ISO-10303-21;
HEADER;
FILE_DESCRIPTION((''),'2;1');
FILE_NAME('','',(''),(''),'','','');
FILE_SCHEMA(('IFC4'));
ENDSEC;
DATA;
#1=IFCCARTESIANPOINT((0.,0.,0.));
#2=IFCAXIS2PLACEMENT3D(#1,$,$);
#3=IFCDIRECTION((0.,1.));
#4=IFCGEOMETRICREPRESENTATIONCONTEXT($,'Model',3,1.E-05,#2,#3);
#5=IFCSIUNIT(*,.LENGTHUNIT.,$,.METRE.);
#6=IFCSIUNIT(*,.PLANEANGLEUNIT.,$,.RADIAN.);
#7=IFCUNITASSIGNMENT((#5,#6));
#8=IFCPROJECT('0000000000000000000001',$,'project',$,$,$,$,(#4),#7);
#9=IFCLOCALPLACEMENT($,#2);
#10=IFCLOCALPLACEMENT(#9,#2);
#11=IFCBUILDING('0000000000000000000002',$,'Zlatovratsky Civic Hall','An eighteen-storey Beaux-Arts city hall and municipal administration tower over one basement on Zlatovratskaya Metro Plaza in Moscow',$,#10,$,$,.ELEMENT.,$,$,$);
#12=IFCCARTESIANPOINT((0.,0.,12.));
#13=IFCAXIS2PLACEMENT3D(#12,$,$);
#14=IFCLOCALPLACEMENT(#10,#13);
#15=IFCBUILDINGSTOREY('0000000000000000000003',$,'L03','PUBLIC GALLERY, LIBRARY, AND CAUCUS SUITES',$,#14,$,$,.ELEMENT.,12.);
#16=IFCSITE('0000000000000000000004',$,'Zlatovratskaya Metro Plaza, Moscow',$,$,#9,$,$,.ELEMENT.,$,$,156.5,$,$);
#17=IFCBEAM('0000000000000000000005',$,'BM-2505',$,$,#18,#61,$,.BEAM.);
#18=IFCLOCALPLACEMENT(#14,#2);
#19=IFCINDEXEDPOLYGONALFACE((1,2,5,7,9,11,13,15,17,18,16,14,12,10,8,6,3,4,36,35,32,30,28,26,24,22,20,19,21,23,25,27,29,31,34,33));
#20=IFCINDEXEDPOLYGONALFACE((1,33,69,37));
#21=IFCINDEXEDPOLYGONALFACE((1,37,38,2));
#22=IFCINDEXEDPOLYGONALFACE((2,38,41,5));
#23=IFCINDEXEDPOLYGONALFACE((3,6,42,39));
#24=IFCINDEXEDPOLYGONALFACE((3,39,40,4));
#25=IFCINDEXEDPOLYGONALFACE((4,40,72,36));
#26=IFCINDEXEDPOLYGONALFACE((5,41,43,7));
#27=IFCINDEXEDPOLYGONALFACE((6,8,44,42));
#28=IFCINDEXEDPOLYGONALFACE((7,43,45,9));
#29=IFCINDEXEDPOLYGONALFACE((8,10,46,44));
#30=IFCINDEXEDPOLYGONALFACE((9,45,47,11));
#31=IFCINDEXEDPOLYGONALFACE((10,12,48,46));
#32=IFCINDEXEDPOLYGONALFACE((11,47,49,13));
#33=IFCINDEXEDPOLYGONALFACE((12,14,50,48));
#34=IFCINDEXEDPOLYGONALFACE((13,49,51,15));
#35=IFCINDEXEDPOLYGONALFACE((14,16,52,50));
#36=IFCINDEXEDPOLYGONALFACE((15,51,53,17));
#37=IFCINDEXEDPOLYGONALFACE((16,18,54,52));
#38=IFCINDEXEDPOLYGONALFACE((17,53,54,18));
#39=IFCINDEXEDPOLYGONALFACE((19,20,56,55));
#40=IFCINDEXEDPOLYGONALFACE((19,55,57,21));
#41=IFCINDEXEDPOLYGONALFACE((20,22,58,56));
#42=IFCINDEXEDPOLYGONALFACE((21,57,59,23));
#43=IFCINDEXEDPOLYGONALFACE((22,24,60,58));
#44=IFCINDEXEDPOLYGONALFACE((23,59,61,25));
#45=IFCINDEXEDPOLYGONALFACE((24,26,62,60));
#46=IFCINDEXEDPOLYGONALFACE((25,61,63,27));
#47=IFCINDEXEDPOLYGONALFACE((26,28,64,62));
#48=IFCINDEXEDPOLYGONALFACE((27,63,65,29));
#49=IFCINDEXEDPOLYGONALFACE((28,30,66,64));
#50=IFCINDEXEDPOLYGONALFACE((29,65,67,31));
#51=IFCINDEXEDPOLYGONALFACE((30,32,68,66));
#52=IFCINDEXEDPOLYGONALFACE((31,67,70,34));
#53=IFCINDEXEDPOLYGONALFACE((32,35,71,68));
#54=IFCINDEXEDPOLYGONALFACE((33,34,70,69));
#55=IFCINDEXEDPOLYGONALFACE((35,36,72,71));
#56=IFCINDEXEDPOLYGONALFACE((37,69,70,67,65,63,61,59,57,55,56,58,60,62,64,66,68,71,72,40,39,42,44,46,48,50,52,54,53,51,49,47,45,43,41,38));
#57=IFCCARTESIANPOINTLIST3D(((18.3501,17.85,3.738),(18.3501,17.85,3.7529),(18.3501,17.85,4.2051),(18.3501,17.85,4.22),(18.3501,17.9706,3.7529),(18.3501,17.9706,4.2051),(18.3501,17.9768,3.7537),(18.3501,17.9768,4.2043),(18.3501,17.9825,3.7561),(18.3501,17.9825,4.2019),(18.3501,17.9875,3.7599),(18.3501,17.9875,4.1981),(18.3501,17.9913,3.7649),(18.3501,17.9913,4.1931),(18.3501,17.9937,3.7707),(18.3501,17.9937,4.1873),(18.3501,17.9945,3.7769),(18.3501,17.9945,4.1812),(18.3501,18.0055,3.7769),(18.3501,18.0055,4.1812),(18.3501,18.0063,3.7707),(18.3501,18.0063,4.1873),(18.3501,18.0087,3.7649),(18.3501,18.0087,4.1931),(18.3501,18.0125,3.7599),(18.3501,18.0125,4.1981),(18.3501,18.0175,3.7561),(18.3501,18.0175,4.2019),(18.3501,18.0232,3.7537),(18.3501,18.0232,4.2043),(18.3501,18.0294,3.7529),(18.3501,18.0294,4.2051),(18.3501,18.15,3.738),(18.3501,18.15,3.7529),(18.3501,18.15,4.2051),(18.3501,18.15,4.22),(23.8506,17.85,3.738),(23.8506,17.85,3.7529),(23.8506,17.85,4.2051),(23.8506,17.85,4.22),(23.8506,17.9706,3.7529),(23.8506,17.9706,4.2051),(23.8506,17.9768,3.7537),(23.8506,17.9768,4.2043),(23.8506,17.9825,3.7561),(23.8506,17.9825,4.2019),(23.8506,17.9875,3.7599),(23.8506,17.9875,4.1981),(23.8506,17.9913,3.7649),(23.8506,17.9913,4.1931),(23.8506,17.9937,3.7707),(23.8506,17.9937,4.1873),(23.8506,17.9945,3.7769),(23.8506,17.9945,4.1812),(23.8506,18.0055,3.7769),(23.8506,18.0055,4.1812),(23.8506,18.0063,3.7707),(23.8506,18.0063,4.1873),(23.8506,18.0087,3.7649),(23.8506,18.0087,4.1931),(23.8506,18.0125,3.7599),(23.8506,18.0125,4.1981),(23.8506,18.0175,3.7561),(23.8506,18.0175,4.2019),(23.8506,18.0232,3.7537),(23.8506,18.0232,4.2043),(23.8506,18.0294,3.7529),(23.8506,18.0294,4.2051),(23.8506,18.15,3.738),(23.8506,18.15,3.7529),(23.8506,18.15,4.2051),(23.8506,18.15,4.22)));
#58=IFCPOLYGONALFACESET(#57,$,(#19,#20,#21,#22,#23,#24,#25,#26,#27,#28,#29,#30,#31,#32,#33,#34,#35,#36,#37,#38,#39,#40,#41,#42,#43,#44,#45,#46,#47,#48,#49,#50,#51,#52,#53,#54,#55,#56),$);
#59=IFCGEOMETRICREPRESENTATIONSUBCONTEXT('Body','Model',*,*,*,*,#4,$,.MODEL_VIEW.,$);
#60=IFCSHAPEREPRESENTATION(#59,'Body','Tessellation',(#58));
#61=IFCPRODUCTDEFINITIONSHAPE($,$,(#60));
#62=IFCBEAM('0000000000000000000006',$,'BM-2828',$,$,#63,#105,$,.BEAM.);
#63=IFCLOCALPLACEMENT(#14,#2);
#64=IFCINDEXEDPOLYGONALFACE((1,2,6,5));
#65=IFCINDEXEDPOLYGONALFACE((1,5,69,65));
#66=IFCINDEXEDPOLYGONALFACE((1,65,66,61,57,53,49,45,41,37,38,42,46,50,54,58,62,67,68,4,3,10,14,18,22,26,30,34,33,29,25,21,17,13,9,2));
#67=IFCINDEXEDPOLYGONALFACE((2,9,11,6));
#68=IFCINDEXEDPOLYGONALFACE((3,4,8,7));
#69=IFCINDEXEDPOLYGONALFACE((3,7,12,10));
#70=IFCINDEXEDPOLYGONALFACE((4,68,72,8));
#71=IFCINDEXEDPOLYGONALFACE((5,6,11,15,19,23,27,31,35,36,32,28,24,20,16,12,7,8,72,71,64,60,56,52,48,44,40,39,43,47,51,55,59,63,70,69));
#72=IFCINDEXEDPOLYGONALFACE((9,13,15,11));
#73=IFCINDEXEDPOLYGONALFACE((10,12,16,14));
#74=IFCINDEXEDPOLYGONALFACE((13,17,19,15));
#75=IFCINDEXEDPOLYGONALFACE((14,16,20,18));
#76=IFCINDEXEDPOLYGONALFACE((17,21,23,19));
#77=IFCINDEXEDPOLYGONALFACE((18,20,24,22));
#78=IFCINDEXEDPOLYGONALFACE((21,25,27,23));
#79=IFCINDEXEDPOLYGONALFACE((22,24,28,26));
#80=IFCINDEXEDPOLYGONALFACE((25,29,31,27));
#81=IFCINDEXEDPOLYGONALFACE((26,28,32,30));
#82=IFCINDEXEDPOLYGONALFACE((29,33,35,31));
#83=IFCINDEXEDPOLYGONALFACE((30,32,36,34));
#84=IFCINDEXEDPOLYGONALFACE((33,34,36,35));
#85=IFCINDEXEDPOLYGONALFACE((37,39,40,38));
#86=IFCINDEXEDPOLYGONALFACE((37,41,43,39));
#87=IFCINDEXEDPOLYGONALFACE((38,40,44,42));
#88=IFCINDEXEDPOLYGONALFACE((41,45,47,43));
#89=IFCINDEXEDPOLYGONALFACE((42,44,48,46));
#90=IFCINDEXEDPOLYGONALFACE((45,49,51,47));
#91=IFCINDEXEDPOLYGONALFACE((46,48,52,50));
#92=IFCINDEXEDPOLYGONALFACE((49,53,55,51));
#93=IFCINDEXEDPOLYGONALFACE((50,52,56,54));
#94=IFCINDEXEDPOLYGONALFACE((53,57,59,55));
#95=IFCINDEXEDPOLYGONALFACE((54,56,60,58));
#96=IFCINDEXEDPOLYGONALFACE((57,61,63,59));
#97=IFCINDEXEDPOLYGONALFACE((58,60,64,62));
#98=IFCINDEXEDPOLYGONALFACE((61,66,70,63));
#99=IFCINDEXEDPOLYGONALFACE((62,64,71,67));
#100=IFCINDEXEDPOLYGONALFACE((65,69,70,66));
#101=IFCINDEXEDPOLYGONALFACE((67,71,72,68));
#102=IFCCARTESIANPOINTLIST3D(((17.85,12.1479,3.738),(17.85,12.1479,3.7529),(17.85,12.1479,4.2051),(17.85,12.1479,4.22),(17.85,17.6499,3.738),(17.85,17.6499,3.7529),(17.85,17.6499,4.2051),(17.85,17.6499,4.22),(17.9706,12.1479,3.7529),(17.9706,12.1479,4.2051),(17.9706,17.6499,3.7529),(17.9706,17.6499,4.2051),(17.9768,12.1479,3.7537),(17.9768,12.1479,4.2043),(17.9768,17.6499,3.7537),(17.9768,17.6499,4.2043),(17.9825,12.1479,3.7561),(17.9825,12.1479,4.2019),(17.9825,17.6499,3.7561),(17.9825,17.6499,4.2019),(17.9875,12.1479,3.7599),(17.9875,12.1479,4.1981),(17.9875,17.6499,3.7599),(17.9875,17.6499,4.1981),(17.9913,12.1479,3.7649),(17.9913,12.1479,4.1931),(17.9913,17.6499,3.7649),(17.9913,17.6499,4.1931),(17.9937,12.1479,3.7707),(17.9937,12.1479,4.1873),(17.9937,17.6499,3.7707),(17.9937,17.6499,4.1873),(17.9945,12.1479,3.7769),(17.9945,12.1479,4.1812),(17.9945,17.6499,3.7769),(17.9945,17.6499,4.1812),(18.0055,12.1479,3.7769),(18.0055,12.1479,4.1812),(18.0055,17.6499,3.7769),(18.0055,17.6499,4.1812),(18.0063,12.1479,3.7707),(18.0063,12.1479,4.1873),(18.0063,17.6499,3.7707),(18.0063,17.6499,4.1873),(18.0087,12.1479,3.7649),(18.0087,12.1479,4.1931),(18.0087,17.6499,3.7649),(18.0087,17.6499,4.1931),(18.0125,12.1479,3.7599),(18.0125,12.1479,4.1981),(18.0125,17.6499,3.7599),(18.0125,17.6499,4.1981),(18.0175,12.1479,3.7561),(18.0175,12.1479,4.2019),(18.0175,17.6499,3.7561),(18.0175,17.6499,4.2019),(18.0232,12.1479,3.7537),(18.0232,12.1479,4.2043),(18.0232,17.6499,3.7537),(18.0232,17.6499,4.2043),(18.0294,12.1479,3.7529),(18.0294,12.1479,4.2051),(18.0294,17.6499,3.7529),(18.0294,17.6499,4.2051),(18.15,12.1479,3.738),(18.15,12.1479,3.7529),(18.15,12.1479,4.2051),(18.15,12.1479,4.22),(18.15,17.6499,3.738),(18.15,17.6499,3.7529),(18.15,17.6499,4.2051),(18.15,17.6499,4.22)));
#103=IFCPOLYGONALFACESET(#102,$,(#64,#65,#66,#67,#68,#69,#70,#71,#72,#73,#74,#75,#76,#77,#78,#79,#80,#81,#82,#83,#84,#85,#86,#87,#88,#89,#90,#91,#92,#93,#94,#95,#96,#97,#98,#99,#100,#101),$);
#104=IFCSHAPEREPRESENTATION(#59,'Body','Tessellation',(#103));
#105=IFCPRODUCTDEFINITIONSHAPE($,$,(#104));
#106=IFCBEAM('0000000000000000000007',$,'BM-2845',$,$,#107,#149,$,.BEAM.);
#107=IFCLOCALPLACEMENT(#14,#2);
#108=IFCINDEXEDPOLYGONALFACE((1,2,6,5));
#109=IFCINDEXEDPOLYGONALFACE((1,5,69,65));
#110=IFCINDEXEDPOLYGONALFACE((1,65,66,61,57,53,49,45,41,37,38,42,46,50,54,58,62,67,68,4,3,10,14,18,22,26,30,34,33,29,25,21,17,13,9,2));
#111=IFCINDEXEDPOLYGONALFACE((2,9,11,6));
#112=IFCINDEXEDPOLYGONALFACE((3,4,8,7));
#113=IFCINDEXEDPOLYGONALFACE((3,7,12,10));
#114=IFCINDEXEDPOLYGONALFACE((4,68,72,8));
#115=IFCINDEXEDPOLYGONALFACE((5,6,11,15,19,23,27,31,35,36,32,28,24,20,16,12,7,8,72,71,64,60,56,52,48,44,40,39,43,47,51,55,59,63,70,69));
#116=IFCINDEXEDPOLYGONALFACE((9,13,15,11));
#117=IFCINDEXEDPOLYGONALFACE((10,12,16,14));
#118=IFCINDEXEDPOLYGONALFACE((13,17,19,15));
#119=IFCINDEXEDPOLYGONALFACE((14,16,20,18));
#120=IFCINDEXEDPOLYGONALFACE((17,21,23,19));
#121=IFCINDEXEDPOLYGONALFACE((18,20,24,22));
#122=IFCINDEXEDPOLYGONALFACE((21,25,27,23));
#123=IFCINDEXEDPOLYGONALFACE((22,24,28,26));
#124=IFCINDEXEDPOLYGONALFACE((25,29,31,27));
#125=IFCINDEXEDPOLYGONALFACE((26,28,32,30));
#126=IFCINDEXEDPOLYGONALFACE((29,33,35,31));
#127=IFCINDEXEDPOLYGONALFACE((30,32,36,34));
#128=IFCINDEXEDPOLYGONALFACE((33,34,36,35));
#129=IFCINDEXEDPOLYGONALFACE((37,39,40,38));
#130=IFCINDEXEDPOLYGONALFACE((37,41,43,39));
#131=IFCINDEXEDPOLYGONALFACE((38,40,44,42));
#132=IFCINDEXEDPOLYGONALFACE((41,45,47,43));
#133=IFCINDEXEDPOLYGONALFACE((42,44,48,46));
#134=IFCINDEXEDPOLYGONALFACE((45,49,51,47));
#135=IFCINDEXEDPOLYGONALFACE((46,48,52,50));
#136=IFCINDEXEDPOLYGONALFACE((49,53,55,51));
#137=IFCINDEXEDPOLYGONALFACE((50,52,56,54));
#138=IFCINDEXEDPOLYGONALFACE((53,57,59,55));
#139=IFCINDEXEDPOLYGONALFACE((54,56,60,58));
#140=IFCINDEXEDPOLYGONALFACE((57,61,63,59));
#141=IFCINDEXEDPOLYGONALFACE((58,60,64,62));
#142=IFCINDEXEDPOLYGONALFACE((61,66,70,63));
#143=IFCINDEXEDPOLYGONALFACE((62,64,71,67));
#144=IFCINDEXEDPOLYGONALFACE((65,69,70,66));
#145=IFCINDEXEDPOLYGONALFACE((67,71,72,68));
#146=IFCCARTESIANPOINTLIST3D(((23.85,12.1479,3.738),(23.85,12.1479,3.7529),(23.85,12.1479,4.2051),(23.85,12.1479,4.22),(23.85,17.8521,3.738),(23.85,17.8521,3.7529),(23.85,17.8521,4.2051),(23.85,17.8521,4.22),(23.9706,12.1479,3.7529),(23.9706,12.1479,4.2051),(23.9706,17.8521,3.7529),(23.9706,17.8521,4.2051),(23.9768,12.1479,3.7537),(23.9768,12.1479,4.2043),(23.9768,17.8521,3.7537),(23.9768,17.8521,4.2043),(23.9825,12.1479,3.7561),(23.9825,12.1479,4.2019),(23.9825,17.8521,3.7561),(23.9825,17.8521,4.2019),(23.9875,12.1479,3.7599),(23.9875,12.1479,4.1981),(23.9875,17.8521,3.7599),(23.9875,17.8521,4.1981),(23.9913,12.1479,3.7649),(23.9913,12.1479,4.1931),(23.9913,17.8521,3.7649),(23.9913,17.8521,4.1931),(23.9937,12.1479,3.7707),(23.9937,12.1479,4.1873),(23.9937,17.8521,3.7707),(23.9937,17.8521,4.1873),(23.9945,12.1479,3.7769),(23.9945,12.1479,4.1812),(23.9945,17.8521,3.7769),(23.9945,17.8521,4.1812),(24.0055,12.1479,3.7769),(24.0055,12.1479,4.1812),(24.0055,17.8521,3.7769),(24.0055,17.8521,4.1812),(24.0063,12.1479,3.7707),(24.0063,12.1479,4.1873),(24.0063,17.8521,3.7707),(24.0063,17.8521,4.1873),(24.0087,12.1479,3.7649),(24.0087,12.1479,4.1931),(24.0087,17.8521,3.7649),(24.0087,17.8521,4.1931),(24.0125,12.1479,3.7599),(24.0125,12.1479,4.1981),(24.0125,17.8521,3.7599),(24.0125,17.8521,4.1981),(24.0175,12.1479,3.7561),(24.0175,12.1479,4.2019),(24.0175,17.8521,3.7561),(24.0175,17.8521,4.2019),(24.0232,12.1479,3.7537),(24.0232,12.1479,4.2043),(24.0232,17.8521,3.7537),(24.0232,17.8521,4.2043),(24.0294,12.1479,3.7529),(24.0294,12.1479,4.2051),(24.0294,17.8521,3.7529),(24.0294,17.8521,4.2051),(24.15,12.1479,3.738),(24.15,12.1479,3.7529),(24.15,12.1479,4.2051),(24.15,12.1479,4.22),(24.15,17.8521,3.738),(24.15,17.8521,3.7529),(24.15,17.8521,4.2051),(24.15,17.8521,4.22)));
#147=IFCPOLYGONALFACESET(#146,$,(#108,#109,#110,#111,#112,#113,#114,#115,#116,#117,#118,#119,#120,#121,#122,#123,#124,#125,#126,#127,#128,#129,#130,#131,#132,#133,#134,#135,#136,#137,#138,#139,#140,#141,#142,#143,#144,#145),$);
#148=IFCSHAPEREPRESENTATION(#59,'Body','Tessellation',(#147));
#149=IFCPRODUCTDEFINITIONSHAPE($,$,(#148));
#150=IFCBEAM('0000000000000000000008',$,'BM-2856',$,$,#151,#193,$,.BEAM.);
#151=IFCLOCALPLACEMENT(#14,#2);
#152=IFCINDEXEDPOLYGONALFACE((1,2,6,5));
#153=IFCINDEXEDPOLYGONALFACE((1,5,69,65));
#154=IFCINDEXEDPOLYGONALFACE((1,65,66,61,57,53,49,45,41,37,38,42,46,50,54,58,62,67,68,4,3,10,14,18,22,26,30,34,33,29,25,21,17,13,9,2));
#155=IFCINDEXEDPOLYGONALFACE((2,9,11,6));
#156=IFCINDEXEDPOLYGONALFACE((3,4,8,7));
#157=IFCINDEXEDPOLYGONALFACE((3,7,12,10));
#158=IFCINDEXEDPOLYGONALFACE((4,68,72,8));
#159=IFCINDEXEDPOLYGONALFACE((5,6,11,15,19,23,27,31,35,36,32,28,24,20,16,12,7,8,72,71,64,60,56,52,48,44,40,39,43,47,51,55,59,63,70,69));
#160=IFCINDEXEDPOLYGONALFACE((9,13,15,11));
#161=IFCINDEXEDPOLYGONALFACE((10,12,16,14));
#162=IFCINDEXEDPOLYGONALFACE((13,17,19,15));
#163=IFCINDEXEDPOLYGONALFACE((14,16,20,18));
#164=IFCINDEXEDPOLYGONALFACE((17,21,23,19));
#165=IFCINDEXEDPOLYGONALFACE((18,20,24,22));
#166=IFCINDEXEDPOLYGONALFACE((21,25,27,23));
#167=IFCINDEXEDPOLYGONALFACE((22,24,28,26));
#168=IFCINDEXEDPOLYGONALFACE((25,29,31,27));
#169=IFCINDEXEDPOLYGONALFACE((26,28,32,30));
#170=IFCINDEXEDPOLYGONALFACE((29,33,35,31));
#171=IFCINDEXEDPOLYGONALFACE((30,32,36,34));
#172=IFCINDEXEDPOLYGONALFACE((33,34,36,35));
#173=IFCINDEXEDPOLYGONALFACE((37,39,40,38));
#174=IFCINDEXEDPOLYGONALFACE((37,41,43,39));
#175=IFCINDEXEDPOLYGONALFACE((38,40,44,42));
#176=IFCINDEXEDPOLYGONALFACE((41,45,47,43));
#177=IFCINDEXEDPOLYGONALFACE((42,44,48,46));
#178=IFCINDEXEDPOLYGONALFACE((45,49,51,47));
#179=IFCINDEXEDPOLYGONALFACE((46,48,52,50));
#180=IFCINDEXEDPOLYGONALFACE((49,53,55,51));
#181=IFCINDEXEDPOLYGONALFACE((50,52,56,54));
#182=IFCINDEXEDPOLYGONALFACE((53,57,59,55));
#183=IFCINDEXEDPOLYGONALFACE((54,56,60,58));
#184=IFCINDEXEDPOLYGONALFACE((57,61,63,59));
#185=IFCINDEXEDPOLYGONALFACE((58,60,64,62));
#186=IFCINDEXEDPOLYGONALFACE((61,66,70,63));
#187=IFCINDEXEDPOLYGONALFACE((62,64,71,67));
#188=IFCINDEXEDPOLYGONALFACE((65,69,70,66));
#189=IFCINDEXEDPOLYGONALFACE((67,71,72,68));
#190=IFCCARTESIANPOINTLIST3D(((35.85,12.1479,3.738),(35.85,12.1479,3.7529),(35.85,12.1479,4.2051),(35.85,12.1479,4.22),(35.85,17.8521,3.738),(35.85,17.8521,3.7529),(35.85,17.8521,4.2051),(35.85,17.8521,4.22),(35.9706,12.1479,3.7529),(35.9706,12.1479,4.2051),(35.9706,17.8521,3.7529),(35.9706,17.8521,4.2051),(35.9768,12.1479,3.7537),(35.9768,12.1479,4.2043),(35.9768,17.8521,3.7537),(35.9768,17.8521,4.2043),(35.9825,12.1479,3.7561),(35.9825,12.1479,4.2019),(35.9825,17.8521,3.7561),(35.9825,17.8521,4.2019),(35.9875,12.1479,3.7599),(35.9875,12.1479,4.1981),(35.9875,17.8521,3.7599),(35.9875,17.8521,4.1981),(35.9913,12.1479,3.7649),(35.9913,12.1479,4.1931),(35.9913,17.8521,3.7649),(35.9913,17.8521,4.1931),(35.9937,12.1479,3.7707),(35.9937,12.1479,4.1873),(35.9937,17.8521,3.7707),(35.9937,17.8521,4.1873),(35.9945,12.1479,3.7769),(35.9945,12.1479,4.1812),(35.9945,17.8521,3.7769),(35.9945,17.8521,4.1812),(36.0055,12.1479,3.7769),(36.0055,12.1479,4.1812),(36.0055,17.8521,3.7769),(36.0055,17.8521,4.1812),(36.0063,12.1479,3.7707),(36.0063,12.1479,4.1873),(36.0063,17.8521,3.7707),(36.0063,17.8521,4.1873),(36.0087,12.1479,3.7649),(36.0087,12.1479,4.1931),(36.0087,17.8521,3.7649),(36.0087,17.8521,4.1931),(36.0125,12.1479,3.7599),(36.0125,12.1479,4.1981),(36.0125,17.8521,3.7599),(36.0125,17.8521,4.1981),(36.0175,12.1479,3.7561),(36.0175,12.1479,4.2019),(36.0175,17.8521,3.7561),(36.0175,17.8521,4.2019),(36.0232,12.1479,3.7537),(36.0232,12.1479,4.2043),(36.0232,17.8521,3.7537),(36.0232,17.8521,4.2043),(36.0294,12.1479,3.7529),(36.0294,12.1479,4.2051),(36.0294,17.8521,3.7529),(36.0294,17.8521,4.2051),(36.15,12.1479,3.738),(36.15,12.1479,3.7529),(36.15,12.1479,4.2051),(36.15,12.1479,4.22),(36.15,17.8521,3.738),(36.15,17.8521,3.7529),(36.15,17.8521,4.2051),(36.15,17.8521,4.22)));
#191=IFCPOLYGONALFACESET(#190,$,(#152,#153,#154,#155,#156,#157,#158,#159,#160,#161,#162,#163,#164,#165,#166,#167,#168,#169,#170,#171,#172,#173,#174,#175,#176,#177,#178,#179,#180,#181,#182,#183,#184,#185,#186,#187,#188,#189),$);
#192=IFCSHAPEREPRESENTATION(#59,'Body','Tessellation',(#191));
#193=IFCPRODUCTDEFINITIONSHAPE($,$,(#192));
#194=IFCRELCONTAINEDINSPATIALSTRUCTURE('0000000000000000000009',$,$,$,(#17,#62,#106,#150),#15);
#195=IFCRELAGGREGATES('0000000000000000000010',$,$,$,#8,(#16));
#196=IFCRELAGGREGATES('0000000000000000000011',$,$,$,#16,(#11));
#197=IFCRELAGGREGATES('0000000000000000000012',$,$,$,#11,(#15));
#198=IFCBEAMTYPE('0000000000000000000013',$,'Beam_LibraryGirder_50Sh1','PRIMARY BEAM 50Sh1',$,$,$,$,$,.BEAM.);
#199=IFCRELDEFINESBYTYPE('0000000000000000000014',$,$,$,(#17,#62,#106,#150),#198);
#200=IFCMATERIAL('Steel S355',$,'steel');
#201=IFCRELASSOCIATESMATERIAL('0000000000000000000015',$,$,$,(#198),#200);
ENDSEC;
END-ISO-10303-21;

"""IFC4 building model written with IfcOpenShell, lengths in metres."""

from ifc_helpers import new_model, si_unit, direction, frame, origin, origin_2d, place, context, subcontext, project, spatial, i_section, extrude, material, material_profile, profile_set, type_object, element, save


model = new_model("IFC4")

# Units and contexts
model_context = context("Model", 3, precision=1e-05, world=origin(), true_north=direction((0.0, 1.0)))
body_context = subcontext(model_context, "Body", "Model", "MODEL_VIEW")
ifc_project = project(units=[si_unit("LENGTHUNIT", "METRE"), si_unit("PLANEANGLEUNIT", "RADIAN")], contexts=[model_context])

# Site, building, storey
site_placement = place(None, origin())
site = spatial("IfcSite", under=ifc_project, at=site_placement, Name="Zlatovratskaya Metro Plaza, Moscow", CompositionType="ELEMENT", RefElevation=156.5)
building_placement = place(site_placement, origin())
building = spatial("IfcBuilding", under=site, at=building_placement, Name="Zlatovratsky Civic Hall", Description="An eighteen-storey Beaux-Arts city hall and municipal administration tower over one basement on Zlatovratskaya Metro Plaza in Moscow", CompositionType="ELEMENT")
storey_placement = place(building_placement, frame((0.0, 0.0, 12.0)))
storey = spatial("IfcBuildingStorey", under=building, at=storey_placement, Name="L03", Description="PUBLIC GALLERY, LIBRARY, AND CAUCUS SUITES", CompositionType="ELEMENT", Elevation=12.0)

# Shared definitions
ifc_material_1 = material(Name="Steel S355", Category="steel")

# Beams
ifc_material_profile_1 = material_profile(ifc_material_1, i_section(OverallWidth=0.3, OverallDepth=0.4819, WebThickness=0.011, FlangeThickness=0.0149, FilletRadius=0.0239, at=origin_2d()), Name="50Sh1")
ifc_profile_set_1 = profile_set([ifc_material_profile_1], Name="Steel S355")
beam_type_1 = type_object("IfcBeamType", Name="Beam_LibraryGirder_50Sh1", Description="PRIMARY BEAM 50Sh1", PredefinedType="BEAM", material=ifc_profile_set_1)
beam_1_placement = place(storey_placement, frame((18.3501, 18.0, 3.979), z_axis=(1.0, 0.0, 0.0), x_axis=(0.0, 1.0, 0.0)))
element("IfcBeam", 1, at=beam_1_placement, inside=storey, type_object=beam_type_1, Name="BM-2505", PredefinedType="BEAM", context=body_context, shape_type="SweptSolid", body=[
    extrude(i_section(OverallWidth=0.3, OverallDepth=0.4819, WebThickness=0.011, FlangeThickness=0.0149, FilletRadius=0.0239, at=origin_2d()), origin(), (0.0, 0.0, 1.0), 5.5005),
])
beam_2_placement = place(storey_placement, frame((18.0, 12.1479, 3.979), z_axis=(0.0, 1.0, 0.0), x_axis=(-1.0, 0.0, 0.0)))
element("IfcBeam", 2, at=beam_2_placement, inside=storey, type_object=beam_type_1, Name="BM-2828", PredefinedType="BEAM", context=body_context, shape_type="SweptSolid", body=[
    extrude(i_section(OverallWidth=0.3, OverallDepth=0.4819, WebThickness=0.011, FlangeThickness=0.0149, FilletRadius=0.0239, at=origin_2d()), origin(), (0.0, 0.0, 1.0), 5.502),
])
for number, where, z_axis, x_axis, name in (
    (3, (24.0, 12.1479, 3.979), (0.0, 1.0, 0.0), (-1.0, 0.0, 0.0), "BM-2845"),
    (4, (36.0, 12.1479, 3.979), (0.0, 1.0, 0.0), (-1.0, 0.0, 0.0), "BM-2856"),
):
    element("IfcBeam", number, at=place(storey_placement, frame(where, z_axis=z_axis, x_axis=x_axis)), inside=storey, type_object=beam_type_1, Name=name, PredefinedType="BEAM", context=body_context, shape_type="SweptSolid", body=[
        extrude(i_section(OverallWidth=0.3, OverallDepth=0.4819, WebThickness=0.011, FlangeThickness=0.0149, FilletRadius=0.0239, at=origin_2d()), origin(), (0.0, 0.0, 1.0), 5.7041),
    ])

save(model, "model.ifc")
